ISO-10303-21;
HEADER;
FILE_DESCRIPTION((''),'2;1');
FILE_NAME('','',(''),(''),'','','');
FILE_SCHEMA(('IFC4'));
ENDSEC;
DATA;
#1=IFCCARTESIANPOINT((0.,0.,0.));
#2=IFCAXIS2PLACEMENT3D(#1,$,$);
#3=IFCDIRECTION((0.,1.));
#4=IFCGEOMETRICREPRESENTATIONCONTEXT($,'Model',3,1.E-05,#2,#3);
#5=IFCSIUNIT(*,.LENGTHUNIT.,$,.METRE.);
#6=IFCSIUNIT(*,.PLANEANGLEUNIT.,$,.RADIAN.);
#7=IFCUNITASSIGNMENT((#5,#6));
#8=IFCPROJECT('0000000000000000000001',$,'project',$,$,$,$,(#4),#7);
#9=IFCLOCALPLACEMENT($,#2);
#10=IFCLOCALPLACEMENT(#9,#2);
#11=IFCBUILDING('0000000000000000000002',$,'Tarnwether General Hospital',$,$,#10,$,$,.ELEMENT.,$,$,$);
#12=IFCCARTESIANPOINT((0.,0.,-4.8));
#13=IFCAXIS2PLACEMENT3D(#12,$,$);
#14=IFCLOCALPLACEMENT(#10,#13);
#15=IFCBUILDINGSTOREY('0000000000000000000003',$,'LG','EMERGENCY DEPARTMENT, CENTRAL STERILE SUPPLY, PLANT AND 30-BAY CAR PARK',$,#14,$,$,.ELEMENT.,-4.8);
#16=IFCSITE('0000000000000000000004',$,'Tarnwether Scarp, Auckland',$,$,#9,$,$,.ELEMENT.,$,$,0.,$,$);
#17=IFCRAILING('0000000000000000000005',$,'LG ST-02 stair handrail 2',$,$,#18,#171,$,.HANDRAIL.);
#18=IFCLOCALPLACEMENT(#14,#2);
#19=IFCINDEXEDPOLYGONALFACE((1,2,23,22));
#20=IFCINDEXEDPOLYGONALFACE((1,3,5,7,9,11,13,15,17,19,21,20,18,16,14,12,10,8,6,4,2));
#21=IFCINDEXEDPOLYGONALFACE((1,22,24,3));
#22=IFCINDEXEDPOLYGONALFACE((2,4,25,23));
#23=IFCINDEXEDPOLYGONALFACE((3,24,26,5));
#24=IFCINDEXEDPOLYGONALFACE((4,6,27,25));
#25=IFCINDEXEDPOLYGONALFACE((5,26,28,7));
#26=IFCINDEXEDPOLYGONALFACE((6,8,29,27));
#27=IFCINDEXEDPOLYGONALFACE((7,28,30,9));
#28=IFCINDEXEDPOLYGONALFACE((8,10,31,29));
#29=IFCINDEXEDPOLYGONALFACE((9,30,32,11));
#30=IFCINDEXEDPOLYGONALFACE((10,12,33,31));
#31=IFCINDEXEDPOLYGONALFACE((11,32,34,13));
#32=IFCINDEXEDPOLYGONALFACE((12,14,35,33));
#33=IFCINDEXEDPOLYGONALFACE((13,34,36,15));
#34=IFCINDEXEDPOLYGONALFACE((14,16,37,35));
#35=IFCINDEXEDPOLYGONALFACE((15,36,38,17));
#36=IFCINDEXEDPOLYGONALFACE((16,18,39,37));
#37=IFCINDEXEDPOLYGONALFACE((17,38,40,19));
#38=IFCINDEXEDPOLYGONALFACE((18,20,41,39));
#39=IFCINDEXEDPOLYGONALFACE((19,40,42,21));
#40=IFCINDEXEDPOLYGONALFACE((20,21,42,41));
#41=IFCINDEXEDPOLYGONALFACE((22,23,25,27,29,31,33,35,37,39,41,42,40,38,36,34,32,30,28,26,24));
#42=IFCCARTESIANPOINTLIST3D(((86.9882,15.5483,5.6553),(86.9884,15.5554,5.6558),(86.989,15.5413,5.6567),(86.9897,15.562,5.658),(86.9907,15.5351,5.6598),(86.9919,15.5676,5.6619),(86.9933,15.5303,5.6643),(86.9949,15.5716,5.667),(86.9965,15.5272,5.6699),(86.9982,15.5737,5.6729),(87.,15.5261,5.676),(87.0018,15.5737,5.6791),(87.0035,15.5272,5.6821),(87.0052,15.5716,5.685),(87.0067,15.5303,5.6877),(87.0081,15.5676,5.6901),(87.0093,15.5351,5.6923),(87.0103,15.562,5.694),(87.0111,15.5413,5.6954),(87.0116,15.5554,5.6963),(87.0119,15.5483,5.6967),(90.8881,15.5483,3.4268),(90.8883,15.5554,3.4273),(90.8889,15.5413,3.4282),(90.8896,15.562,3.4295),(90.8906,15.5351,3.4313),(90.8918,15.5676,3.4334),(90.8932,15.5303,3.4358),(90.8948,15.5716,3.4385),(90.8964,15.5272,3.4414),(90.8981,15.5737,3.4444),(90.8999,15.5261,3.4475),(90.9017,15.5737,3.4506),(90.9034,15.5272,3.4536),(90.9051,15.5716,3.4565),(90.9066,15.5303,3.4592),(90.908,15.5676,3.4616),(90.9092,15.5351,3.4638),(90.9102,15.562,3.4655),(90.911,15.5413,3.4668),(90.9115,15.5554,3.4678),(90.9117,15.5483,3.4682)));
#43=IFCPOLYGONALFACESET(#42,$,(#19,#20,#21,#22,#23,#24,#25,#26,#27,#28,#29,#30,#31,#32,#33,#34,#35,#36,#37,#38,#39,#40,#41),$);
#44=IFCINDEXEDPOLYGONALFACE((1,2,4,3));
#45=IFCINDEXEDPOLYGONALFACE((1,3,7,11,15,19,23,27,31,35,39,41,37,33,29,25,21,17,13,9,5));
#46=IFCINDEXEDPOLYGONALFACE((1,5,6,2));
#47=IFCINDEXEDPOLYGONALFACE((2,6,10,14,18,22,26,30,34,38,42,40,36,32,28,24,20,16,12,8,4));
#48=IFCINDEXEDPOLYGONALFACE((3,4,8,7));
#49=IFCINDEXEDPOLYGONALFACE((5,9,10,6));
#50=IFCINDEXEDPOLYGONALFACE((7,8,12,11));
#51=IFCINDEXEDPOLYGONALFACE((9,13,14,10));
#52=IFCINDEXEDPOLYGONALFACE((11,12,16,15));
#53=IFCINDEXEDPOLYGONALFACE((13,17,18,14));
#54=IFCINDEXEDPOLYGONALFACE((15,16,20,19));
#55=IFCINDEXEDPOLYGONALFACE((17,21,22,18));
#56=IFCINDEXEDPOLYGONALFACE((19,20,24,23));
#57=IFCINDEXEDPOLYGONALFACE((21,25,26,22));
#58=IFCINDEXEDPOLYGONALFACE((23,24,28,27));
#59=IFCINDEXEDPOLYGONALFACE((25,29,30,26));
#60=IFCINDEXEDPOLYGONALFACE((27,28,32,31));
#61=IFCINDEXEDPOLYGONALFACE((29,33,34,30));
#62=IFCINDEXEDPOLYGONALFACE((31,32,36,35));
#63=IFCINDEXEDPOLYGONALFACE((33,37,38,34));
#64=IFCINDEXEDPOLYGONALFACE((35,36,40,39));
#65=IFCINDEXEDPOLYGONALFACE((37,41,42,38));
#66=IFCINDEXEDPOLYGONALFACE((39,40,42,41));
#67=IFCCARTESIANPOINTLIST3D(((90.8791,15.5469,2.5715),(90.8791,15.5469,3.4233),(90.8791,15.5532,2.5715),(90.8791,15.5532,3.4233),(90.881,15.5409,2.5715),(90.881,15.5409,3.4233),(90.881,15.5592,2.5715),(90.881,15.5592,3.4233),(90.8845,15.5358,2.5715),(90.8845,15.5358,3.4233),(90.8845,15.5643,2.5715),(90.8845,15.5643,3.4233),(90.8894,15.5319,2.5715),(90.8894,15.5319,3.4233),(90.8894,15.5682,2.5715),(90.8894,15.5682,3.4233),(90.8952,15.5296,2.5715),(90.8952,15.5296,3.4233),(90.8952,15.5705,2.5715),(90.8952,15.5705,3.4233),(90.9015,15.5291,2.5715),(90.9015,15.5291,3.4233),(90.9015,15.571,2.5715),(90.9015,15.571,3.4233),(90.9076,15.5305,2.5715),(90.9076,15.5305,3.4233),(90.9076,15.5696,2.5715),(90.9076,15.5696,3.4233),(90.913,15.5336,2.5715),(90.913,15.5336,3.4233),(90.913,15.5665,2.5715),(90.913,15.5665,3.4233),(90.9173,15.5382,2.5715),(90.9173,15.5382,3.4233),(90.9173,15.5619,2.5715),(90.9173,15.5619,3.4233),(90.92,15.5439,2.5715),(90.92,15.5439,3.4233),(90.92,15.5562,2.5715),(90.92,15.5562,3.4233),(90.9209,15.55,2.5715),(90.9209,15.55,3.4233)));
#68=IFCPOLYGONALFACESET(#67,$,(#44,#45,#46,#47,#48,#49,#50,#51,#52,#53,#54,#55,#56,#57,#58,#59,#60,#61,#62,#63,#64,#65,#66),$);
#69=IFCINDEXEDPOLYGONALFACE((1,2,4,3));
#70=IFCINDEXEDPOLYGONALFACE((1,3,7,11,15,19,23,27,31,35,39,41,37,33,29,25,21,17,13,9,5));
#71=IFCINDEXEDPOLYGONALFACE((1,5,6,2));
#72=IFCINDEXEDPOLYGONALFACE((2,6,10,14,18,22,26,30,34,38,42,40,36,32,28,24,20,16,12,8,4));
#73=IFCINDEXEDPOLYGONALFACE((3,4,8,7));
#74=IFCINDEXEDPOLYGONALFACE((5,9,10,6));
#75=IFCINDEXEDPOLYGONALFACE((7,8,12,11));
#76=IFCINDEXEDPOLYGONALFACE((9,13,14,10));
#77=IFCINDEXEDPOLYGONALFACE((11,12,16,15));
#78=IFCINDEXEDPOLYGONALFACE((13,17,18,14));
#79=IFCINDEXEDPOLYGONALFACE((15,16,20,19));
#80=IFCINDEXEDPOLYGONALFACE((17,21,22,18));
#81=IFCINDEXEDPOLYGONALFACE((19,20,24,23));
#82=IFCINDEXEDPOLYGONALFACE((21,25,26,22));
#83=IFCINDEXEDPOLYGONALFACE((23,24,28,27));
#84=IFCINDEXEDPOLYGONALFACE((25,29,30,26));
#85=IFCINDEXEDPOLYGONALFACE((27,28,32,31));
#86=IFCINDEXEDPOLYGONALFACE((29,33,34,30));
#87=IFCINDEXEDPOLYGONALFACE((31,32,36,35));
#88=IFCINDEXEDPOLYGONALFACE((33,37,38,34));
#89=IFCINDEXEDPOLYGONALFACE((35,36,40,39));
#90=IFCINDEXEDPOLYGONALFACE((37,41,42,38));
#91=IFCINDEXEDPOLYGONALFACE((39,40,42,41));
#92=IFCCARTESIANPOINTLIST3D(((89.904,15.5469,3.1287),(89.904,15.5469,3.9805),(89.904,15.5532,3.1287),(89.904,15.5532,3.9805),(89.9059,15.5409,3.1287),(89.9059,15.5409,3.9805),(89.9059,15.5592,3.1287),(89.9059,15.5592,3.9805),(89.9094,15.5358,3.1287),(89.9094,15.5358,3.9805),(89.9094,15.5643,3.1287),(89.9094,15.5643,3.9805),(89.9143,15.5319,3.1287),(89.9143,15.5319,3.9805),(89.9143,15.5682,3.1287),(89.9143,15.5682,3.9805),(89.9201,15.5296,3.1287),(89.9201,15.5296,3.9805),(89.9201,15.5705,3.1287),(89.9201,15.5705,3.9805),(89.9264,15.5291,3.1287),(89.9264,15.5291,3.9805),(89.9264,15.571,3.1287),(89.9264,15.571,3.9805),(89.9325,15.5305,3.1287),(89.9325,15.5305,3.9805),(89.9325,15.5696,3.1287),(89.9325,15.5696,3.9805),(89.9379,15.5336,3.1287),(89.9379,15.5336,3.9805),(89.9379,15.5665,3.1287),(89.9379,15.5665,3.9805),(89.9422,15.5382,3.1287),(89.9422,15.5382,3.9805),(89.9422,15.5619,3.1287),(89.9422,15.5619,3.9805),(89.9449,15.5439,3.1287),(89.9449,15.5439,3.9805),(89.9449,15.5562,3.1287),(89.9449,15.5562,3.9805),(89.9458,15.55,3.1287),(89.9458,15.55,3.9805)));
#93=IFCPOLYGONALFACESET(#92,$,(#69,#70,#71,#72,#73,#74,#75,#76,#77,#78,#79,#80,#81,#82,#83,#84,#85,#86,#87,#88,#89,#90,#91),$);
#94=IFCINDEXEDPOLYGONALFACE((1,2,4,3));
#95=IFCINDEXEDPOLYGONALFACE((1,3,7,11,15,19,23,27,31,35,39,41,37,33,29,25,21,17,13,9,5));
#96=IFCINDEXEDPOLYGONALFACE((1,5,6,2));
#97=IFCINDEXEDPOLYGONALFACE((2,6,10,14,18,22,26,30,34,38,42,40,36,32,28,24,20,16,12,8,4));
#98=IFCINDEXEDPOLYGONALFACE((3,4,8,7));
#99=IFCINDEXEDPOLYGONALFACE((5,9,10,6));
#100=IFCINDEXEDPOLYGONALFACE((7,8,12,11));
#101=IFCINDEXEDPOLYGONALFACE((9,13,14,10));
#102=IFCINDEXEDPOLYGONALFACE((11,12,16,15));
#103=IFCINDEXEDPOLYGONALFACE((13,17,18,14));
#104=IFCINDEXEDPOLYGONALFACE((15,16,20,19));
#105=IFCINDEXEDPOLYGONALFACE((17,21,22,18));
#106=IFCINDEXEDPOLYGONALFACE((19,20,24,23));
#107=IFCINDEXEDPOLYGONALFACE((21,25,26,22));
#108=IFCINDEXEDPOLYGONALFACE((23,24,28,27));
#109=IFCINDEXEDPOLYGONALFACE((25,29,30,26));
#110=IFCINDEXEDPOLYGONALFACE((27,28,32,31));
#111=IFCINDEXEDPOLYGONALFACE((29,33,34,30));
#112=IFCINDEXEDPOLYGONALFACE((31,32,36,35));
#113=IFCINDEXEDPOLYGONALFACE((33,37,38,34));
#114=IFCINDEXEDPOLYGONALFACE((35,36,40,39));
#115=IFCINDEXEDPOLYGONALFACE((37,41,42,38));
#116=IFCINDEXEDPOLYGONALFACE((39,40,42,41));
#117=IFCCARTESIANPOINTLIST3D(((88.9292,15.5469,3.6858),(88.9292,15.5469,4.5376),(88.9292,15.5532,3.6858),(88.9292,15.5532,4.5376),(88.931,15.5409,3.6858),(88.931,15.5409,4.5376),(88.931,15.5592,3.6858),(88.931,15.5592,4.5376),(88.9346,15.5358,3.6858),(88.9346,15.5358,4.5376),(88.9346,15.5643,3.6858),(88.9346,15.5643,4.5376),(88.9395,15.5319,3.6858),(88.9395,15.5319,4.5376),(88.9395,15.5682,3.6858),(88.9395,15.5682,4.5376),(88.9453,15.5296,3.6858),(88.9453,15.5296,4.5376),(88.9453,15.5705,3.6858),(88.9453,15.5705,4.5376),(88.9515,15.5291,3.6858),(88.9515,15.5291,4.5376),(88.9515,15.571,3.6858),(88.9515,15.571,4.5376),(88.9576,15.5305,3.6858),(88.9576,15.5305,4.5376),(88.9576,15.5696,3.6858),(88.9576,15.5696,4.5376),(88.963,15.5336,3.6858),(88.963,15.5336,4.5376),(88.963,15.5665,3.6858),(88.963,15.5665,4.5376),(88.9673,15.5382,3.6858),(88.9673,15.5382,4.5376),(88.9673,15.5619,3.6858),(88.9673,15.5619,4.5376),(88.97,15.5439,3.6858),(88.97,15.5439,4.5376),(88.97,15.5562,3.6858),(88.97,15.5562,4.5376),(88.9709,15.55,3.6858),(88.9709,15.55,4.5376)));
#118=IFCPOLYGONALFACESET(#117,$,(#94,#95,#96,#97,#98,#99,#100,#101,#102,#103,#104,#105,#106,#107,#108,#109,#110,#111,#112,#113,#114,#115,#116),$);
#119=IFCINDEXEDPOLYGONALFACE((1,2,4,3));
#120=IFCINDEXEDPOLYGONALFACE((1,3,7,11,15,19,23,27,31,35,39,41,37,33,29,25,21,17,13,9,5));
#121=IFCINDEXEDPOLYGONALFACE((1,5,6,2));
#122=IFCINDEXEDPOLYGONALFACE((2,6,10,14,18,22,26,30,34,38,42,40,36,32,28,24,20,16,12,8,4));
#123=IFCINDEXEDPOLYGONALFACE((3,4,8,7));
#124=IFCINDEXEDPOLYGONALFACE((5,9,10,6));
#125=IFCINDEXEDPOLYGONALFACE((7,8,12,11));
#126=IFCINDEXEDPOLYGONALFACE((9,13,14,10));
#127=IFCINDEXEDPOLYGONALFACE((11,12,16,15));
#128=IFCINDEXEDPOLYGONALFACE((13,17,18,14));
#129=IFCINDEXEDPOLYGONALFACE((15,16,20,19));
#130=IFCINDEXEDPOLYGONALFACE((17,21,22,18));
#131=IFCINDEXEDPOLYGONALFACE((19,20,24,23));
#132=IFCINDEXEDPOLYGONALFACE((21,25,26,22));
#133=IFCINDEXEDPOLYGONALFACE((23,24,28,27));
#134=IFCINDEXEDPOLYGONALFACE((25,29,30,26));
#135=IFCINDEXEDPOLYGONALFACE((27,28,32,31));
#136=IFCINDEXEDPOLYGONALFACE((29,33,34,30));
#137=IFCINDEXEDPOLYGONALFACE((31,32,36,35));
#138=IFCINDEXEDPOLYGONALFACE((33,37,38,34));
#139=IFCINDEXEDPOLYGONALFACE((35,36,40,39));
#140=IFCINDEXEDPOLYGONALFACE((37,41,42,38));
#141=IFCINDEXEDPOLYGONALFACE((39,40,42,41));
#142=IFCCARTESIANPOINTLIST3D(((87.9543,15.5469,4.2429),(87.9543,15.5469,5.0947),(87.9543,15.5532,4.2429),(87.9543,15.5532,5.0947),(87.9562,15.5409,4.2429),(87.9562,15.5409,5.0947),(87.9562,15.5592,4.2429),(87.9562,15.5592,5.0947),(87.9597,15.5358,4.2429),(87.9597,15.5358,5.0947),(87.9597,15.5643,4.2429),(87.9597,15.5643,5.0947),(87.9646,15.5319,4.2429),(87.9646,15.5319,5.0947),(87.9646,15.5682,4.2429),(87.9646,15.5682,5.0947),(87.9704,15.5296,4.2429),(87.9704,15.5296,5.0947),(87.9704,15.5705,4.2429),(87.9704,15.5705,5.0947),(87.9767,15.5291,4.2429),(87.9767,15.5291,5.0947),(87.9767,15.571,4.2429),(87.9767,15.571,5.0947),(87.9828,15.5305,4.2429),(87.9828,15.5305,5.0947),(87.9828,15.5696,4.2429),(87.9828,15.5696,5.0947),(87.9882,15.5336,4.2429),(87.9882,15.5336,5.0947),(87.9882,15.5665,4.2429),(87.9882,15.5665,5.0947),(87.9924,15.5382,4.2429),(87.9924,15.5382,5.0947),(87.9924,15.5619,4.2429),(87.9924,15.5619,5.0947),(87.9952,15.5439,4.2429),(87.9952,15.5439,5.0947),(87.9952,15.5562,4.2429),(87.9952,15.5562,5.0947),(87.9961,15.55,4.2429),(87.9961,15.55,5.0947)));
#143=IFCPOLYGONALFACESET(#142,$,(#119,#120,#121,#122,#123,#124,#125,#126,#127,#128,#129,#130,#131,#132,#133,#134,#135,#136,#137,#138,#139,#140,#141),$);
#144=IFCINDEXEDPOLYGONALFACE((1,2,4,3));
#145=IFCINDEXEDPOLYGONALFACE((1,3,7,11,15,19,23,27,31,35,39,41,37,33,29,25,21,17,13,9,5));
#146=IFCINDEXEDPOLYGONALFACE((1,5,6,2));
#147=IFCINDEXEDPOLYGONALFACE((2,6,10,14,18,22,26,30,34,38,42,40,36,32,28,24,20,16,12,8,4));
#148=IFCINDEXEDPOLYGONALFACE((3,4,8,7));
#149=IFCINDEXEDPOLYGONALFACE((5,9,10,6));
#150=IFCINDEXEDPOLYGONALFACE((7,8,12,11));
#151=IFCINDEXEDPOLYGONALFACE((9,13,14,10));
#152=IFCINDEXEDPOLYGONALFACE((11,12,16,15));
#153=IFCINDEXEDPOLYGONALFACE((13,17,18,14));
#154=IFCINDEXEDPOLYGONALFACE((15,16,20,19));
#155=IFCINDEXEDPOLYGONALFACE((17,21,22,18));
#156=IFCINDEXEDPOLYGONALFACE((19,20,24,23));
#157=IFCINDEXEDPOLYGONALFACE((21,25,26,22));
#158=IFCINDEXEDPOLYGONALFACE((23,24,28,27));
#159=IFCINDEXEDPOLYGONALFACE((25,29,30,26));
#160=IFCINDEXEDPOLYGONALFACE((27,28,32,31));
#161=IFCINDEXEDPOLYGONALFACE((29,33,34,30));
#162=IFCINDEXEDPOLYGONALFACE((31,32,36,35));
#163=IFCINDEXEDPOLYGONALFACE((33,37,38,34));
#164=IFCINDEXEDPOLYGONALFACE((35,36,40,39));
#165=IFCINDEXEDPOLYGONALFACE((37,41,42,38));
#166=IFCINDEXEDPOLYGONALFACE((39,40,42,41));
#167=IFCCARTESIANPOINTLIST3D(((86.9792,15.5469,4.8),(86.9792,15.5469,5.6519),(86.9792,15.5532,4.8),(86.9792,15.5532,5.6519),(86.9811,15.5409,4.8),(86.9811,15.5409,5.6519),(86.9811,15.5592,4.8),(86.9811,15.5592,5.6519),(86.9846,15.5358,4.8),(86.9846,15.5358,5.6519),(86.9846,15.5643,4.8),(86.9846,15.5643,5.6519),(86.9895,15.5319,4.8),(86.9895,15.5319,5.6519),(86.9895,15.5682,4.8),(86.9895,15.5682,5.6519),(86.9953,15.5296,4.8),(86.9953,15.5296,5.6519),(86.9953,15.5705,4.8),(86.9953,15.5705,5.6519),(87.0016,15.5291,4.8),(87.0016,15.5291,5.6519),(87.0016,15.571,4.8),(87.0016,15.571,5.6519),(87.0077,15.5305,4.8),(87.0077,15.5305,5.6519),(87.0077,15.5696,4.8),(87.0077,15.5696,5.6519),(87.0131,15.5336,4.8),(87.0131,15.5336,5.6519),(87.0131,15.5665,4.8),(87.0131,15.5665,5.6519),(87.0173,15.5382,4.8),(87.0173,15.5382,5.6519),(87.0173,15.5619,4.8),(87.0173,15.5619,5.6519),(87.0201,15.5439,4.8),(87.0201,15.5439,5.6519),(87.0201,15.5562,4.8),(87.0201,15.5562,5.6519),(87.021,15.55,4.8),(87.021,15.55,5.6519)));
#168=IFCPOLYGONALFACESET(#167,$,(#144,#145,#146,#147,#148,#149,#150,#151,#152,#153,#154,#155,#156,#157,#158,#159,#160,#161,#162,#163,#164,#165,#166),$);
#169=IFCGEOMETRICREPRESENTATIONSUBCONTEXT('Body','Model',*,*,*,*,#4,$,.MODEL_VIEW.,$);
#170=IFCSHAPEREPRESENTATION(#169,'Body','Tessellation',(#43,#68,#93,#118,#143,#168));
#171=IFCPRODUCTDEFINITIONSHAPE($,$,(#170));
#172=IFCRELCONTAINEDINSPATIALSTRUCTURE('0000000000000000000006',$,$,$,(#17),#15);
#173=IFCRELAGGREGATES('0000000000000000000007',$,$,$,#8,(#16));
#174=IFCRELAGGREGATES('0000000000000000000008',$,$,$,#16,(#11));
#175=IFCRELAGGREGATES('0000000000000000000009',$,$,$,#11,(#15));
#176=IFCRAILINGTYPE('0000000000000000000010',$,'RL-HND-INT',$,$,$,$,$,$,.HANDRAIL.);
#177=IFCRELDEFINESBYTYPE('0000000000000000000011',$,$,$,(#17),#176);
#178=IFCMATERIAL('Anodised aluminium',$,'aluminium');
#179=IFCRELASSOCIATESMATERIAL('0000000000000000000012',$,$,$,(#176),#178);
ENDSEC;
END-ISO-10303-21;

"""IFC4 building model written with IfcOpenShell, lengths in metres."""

from ifc_helpers import new_model, si_unit, direction, frame, origin, origin_2d, place, context, subcontext, project, spatial, circle, extrude, material, type_object, element, save


model = new_model("IFC4")

# Units and contexts
model_context = context("Model", 3, precision=1e-05, world=origin(), true_north=direction((0.0, 1.0)))
body_context = subcontext(model_context, "Body", "Model", "MODEL_VIEW")
ifc_project = project(units=[si_unit("LENGTHUNIT", "METRE"), si_unit("PLANEANGLEUNIT", "RADIAN")], contexts=[model_context])

# Site, building, storey
site_placement = place(None, origin())
site = spatial("IfcSite", under=ifc_project, at=site_placement, Name="Tarnwether Scarp, Auckland", CompositionType="ELEMENT", RefElevation=0.0)
building_placement = place(site_placement, origin())
building = spatial("IfcBuilding", under=site, at=building_placement, Name="Tarnwether General Hospital", CompositionType="ELEMENT")
storey_placement = place(building_placement, frame((0.0, 0.0, -4.8)))
storey = spatial("IfcBuildingStorey", under=building, at=storey_placement, Name="LG", Description="EMERGENCY DEPARTMENT, CENTRAL STERILE SUPPLY, PLANT AND 30-BAY CAR PARK", CompositionType="ELEMENT", Elevation=-4.8)

# Railing
ifc_material_1 = material(Name="Anodised aluminium", Category="aluminium")
railing_type_1 = type_object("IfcRailingType", Name="RL-HND-INT", PredefinedType="HANDRAIL", material=ifc_material_1)
railing_1_placement = place(storey_placement, frame((90.8999, 15.55, 2.5715)))
element("IfcRailing", 1, at=railing_1_placement, inside=storey, type_object=railing_type_1, Name="LG ST-02 stair handrail 2", PredefinedType="HANDRAIL", context=body_context, shape_type="SweptSolid", body=[
    extrude(circle(Radius=0.0239, at=origin_2d()), frame((0.0, 0.0, 0.876), z_axis=(-0.868243, 0.0, 0.496139), x_axis=(0.0, -1.0, 0.0)), (0.0, 0.0, 1.0), 4.4917),
    extrude(circle(Radius=0.021, at=origin_2d()), origin(), (0.0, 0.0, 1.0), 0.8518),
    extrude(circle(Radius=0.021, at=origin_2d()), frame((-0.9751, 0.0, 0.5571)), (0.0, 0.0, 1.0), 0.8518),
    extrude(circle(Radius=0.021, at=origin_2d()), frame((-1.95, 0.0, 1.1143)), (0.0, 0.0, 1.0), 0.8518),
    extrude(circle(Radius=0.021, at=origin_2d()), frame((-2.9248, 0.0, 1.6714)), (0.0, 0.0, 1.0), 0.8518),
    extrude(circle(Radius=0.021, at=origin_2d()), frame((-3.8999, 0.0, 2.2285)), (0.0, 0.0, 1.0), 0.8518),
])

save(model, "model.ifc")
